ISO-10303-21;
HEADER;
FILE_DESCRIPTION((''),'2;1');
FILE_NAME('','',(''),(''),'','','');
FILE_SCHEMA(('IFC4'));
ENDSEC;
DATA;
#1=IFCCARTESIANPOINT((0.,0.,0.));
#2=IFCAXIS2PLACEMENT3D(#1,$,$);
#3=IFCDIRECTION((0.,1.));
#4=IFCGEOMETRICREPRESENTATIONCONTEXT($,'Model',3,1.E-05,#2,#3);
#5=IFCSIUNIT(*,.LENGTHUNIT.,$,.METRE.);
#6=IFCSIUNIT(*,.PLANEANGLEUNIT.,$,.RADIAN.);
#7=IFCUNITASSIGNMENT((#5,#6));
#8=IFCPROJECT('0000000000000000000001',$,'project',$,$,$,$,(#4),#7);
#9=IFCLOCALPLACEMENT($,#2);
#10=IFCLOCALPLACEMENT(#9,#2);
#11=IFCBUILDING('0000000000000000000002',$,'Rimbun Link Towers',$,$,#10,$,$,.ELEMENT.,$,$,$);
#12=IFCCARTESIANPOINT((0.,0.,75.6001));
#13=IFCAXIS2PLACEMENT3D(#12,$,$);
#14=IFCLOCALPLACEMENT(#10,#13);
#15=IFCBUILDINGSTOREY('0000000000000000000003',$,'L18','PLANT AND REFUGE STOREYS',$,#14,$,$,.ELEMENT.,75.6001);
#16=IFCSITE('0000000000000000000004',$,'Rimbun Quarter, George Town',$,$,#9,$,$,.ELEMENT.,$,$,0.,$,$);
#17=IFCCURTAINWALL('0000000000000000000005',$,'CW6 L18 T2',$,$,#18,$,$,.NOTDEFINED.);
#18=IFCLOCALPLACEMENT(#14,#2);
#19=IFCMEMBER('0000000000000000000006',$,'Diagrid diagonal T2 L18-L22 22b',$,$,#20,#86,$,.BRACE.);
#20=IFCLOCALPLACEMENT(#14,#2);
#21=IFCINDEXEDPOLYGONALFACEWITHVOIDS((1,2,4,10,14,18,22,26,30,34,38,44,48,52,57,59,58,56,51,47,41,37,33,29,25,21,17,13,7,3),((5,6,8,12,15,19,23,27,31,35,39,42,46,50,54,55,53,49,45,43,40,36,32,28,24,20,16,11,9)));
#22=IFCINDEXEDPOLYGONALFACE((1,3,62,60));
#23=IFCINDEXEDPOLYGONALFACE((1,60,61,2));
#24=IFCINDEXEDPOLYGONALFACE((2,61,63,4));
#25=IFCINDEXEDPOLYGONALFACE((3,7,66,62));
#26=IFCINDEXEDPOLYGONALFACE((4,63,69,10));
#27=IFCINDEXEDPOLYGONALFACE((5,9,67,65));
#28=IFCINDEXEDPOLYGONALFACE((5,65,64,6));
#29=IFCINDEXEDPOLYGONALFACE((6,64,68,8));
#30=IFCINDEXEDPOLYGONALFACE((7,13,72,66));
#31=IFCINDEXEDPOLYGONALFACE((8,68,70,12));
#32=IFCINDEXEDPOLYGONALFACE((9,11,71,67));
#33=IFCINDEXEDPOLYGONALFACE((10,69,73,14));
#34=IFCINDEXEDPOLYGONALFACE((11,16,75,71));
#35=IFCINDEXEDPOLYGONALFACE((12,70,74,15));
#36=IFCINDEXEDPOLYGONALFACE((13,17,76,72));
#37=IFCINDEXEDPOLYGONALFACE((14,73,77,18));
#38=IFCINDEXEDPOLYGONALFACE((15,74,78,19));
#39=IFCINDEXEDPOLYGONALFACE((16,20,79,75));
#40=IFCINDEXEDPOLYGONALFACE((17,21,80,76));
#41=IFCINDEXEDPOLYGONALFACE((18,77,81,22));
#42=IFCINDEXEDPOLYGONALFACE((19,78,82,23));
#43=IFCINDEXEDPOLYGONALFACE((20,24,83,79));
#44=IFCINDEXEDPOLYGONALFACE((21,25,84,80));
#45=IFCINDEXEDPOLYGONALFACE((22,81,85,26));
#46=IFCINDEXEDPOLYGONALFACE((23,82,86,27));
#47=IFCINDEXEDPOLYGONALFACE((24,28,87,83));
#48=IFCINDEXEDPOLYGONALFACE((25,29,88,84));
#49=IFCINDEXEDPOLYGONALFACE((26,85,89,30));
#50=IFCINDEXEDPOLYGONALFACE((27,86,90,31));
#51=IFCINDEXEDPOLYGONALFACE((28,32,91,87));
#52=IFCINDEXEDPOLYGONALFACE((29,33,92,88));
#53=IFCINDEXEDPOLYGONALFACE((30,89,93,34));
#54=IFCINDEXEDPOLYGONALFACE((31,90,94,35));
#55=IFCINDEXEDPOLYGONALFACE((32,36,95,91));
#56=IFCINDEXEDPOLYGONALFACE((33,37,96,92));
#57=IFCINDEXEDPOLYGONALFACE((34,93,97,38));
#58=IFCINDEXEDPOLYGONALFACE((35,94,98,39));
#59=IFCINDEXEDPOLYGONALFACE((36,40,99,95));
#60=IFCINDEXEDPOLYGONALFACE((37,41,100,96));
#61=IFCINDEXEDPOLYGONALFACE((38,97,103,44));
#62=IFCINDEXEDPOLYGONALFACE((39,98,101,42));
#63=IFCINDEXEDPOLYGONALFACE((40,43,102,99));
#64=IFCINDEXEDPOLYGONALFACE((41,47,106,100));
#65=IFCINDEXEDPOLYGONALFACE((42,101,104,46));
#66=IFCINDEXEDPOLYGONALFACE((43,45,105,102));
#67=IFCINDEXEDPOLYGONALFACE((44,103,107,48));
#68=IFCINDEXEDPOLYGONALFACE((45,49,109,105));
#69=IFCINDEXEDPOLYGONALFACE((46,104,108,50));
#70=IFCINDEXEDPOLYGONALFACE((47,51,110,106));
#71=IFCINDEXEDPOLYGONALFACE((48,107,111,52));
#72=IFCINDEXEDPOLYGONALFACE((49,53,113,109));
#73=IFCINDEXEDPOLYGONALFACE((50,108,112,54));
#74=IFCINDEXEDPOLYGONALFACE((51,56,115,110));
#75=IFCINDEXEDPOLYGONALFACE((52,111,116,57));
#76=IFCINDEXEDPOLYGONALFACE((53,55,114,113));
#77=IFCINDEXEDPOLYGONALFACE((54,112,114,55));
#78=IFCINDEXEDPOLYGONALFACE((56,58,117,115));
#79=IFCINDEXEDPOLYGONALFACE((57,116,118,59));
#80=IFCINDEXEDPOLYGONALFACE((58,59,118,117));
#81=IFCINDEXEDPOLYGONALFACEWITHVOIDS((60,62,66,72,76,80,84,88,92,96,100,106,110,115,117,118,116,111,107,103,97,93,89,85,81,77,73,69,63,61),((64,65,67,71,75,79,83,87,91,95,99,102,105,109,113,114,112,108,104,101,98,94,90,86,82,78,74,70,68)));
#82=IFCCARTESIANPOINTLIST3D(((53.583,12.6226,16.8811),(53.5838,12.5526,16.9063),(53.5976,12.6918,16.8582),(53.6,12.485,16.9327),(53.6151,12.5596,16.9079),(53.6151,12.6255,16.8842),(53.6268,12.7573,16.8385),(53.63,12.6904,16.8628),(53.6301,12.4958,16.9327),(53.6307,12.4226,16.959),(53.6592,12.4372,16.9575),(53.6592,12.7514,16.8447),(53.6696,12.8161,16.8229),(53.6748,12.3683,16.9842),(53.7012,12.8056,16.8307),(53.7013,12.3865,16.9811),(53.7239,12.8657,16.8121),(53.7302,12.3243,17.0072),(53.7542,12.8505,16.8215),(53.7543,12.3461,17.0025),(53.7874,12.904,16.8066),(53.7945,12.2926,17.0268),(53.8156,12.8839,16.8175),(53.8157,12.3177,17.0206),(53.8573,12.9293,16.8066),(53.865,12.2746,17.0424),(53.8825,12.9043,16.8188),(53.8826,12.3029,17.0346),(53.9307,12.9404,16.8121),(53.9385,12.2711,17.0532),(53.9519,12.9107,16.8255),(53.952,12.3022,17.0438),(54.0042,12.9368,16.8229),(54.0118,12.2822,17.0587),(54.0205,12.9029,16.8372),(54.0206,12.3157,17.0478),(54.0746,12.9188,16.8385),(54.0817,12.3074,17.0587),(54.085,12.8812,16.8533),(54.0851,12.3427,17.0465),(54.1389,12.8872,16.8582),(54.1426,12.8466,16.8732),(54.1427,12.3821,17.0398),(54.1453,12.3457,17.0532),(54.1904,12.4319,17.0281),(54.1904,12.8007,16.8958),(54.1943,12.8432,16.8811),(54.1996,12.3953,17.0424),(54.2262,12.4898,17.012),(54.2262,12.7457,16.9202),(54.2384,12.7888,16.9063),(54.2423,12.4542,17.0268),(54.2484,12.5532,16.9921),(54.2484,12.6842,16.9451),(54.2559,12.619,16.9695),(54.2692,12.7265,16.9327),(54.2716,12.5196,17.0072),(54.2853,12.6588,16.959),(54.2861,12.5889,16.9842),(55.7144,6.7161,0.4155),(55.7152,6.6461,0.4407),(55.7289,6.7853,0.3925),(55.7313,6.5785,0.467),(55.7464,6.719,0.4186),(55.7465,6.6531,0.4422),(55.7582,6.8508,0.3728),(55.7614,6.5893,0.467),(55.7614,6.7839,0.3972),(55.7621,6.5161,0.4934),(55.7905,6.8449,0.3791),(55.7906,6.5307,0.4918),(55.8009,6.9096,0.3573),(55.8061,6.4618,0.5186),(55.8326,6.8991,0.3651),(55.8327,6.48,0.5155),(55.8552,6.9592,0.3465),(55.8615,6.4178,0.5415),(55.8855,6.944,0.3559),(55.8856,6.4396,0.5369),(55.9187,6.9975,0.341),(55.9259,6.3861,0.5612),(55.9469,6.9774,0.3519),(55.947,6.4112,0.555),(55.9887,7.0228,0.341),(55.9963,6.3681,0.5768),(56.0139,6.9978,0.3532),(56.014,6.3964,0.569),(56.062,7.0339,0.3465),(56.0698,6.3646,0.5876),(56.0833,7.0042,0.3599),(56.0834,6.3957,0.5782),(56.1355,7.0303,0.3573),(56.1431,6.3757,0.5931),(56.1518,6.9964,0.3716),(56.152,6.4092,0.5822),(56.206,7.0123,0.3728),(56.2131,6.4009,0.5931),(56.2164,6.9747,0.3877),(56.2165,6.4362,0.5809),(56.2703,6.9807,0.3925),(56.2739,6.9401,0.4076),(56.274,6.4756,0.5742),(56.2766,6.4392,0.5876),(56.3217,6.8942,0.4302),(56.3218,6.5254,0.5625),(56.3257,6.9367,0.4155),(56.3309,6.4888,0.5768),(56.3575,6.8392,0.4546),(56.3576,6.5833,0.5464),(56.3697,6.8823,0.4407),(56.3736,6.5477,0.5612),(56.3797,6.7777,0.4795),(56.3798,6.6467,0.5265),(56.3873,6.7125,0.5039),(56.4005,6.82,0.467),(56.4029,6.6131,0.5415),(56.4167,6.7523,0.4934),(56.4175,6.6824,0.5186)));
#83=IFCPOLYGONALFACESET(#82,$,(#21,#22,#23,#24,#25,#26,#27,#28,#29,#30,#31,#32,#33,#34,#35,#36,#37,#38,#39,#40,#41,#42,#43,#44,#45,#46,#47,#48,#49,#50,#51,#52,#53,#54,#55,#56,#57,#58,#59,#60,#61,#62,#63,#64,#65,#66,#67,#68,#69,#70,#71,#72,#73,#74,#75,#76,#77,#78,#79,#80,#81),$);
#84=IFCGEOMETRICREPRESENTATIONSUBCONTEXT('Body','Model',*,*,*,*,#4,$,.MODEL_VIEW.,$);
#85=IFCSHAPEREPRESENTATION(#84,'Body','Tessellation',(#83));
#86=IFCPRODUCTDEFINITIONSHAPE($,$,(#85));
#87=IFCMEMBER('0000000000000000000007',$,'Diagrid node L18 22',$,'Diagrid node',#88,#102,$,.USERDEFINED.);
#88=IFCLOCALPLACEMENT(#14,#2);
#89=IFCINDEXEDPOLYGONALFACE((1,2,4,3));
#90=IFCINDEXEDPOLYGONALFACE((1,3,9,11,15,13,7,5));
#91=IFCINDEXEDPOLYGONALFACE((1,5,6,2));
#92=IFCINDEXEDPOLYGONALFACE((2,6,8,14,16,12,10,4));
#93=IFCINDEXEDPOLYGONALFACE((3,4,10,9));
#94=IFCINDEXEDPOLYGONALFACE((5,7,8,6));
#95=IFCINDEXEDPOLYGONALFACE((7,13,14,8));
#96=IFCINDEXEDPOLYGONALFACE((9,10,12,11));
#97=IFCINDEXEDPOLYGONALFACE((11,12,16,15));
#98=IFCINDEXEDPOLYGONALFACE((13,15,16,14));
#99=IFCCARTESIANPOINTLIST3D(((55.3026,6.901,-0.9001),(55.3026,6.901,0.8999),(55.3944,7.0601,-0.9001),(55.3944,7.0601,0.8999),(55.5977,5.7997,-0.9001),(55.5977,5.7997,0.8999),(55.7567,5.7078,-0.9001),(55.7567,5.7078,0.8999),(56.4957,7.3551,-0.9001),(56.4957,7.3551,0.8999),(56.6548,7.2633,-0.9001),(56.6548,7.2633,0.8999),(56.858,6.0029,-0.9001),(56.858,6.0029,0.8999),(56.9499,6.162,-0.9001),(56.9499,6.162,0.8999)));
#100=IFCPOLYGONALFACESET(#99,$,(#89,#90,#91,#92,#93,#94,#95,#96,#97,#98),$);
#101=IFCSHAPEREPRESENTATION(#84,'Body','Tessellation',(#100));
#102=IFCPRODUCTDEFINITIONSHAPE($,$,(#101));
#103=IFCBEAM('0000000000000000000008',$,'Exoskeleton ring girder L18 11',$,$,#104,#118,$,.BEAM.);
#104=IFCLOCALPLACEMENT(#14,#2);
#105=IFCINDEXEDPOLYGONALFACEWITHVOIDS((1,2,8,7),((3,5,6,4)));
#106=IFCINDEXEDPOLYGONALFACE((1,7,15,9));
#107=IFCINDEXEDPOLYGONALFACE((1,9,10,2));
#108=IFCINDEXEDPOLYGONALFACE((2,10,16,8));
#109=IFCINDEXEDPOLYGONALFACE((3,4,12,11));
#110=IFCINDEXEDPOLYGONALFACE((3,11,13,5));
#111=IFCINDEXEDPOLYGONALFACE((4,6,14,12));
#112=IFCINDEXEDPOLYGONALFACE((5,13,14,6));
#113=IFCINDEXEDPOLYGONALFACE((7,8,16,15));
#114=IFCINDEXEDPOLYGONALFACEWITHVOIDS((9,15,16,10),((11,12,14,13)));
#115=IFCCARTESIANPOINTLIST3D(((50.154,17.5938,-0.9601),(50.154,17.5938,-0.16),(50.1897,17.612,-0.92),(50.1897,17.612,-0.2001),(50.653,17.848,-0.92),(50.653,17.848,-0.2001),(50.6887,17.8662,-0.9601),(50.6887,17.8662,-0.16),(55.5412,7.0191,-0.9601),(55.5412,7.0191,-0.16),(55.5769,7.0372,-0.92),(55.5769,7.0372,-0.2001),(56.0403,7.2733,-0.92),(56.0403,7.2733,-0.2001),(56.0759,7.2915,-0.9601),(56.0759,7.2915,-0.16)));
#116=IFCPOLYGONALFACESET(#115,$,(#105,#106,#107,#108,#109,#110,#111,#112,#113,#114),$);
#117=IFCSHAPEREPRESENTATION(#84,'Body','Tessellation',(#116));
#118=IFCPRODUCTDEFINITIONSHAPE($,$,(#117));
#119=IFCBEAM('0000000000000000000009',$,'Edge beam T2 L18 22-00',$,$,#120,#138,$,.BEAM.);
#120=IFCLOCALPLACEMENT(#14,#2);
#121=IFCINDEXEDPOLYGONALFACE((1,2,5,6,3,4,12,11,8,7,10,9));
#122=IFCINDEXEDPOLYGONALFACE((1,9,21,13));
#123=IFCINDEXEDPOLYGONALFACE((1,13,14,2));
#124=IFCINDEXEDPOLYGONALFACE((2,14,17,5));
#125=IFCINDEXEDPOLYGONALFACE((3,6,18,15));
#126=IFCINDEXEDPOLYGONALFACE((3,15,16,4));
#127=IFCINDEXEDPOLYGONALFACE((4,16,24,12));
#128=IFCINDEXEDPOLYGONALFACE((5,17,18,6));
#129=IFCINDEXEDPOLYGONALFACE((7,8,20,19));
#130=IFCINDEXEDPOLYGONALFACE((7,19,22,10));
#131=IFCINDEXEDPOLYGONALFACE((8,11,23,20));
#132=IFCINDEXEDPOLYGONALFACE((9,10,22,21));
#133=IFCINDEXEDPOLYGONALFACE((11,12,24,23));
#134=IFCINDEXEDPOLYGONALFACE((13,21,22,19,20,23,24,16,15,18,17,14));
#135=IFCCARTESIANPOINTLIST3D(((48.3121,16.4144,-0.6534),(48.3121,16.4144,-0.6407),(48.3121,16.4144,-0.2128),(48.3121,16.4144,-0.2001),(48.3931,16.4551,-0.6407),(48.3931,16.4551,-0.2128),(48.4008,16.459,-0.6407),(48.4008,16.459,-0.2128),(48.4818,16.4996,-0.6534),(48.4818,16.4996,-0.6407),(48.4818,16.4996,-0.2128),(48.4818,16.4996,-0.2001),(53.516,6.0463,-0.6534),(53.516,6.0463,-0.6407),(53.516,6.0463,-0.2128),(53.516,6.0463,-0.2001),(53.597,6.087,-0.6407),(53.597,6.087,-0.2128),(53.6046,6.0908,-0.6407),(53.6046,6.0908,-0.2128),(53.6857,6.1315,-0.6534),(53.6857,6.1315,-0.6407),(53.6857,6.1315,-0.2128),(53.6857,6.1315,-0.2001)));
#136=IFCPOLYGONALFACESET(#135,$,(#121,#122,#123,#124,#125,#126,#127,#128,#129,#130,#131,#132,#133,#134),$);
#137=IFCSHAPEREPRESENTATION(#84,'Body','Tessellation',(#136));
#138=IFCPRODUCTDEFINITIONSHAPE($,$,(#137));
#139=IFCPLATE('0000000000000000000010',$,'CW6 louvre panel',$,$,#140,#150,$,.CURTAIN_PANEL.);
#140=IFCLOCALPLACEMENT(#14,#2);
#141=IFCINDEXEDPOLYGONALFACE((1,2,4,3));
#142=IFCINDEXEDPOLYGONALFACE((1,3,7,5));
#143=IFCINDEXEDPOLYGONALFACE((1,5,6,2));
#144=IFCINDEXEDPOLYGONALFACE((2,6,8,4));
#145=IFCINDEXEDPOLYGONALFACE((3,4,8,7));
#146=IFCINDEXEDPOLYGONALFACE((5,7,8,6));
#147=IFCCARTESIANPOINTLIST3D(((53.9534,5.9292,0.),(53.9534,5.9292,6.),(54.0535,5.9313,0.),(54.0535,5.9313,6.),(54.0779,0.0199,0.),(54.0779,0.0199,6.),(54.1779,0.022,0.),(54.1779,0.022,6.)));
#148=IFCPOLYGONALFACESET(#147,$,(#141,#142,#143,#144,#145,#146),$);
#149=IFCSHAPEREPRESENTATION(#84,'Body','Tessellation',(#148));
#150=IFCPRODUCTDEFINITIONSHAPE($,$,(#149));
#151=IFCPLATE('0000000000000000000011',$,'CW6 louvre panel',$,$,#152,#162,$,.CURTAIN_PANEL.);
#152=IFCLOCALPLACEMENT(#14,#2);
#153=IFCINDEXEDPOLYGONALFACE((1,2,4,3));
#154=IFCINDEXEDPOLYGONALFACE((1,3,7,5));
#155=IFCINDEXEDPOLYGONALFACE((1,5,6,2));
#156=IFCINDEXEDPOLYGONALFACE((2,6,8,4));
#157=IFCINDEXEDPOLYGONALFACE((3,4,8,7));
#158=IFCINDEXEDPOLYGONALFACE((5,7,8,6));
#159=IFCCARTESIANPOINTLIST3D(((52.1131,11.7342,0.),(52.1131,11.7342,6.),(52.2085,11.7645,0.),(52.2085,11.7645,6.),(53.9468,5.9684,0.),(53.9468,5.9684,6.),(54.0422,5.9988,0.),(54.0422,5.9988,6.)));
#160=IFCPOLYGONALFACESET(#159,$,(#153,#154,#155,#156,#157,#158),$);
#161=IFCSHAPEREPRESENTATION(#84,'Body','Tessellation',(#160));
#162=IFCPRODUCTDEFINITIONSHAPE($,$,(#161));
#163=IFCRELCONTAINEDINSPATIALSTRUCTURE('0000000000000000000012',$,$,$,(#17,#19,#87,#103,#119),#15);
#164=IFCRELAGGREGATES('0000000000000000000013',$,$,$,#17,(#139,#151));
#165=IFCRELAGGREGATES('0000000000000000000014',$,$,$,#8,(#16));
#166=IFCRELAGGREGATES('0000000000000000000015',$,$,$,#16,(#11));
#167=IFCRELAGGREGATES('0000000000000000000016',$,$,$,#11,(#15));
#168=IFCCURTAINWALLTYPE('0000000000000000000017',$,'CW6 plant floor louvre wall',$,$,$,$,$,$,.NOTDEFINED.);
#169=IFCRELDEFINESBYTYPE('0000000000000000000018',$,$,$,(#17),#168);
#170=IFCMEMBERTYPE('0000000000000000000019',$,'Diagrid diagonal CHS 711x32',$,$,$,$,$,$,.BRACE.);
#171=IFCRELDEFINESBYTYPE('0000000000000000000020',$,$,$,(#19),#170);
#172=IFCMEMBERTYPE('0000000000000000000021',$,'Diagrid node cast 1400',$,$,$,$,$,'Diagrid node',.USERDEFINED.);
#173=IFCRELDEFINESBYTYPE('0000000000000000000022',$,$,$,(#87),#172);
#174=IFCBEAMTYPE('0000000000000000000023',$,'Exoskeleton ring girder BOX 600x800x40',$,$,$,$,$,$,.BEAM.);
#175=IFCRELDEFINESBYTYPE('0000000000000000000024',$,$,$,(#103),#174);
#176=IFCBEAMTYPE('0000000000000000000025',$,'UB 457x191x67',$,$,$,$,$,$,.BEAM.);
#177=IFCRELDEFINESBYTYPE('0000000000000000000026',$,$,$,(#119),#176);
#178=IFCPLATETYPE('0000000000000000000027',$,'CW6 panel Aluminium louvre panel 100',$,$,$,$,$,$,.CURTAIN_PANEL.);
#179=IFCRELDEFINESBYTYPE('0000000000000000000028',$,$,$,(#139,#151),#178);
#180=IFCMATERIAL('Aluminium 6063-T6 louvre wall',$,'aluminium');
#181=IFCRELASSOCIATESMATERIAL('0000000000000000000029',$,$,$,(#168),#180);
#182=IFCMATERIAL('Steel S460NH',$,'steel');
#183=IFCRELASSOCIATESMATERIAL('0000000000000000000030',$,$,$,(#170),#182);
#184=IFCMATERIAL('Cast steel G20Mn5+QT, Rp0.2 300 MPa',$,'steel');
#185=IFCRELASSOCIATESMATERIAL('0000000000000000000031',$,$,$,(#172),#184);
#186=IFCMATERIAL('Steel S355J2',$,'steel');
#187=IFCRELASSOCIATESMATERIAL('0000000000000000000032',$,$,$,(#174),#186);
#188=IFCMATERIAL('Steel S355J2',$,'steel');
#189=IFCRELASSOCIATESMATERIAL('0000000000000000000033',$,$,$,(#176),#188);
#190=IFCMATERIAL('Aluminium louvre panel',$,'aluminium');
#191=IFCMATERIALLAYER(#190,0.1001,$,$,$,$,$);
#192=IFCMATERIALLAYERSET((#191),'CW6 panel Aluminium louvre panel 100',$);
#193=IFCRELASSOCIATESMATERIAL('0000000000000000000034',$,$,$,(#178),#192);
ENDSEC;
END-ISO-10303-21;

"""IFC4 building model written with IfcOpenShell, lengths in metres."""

from ifc_helpers import new_model, si_unit, direction, frame, origin, origin_2d, place, context, subcontext, project, spatial, polyline, rectangle, hollow_rectangle, hollow_circle, i_section, outline, extrude, material, layer, layer_set, material_profile, profile_set, type_object, element, aggregate, save


model = new_model("IFC4")

# Units and contexts
model_context = context("Model", 3, precision=1e-05, world=origin(), true_north=direction((0.0, 1.0)))
body_context = subcontext(model_context, "Body", "Model", "MODEL_VIEW")
ifc_project = project(units=[si_unit("LENGTHUNIT", "METRE"), si_unit("PLANEANGLEUNIT", "RADIAN")], contexts=[model_context])

# Site, building, storey
site_placement = place(None, origin())
site = spatial("IfcSite", under=ifc_project, at=site_placement, Name="Rimbun Quarter, George Town", CompositionType="ELEMENT", RefElevation=0.0)
building_placement = place(site_placement, origin())
building = spatial("IfcBuilding", under=site, at=building_placement, Name="Rimbun Link Towers", CompositionType="ELEMENT")
storey_placement = place(building_placement, frame((0.0, 0.0, 75.6001)))
storey = spatial("IfcBuildingStorey", under=building, at=storey_placement, Name="L18", Description="PLANT AND REFUGE STOREYS", CompositionType="ELEMENT", Elevation=75.6001)

# Curtain wall
ifc_material_1 = material(Name="Aluminium 6063-T6 louvre wall", Category="aluminium")
curtain_wall_type = type_object("IfcCurtainWallType", Name="CW6 plant floor louvre wall", PredefinedType="NOTDEFINED", material=ifc_material_1)
curtain_wall_placement = place(storey_placement, origin())
curtain_wall = element("IfcCurtainWall", 1, at=curtain_wall_placement, inside=storey, type_object=curtain_wall_type, Name="CW6 L18 T2", PredefinedType="NOTDEFINED")

# Members
ifc_material_2 = material(Name="Steel S460NH", Category="steel")
ifc_material_profile_1 = material_profile(ifc_material_2, hollow_circle(Radius=0.3557, WallThickness=0.032, at=origin_2d()), Name="Diagrid diagonal CHS 711x32")
ifc_profile_set_1 = profile_set([ifc_material_profile_1], Name="Steel S460NH")
member_type_1 = type_object("IfcMemberType", Name="Diagrid diagonal CHS 711x32", PredefinedType="BRACE", material=ifc_profile_set_1)
member_1_placement = place(storey_placement, frame((56.0659, 6.6992, 0.467), z_axis=(-0.120946, 0.335172, 0.934362), x_axis=(-0.940633, -0.339426, 0.0)))
element("IfcMember", 2, at=member_1_placement, inside=storey, type_object=member_type_1, Name="Diagrid diagonal T2 L18-L22 22b", PredefinedType="BRACE", context=body_context, shape_type="SweptSolid", body=[
    extrude(hollow_circle(Radius=0.3557, WallThickness=0.032, at=origin_2d()), origin(), (0.0, 0.0, 1.0), 17.6223),
])
ifc_material_3 = material(Name="Cast steel G20Mn5+QT, Rp0.2 300 MPa", Category="steel")
ifc_material_profile_2 = material_profile(ifc_material_3, outline(polyline([(0.7, -0.5701), (0.7, 0.5701), (0.5701, 0.7), (-0.5701, 0.7), (-0.7, 0.5701), (-0.7, -0.5701), (-0.5701, -0.7), (0.5701, -0.7), (0.7, -0.5701)])), Name="NODE 1400x1400")
ifc_profile_set_2 = profile_set([ifc_material_profile_2], Name="Cast steel G20Mn5+QT, Rp0.2 300 MPa")
member_type_2 = type_object("IfcMemberType", Name="Diagrid node cast 1400", ElementType="Diagrid node", PredefinedType="USERDEFINED", material=ifc_profile_set_2)
member_2_placement = place(storey_placement, frame((56.1262, 6.5315, -0.9001), z_axis=(0.0, 0.0, 1.0), x_axis=(0.965926, 0.258819, 0.0)))
element("IfcMember", 3, at=member_2_placement, inside=storey, type_object=member_type_2, Name="Diagrid node L18 22", ObjectType="Diagrid node", PredefinedType="USERDEFINED", context=body_context, shape_type="SweptSolid", body=[
    extrude(outline(polyline([(0.7, -0.5701), (0.7, 0.5701), (0.5701, 0.7), (-0.5701, 0.7), (-0.7, 0.5701), (-0.7, -0.5701), (-0.5701, -0.7), (0.5701, -0.7), (0.7, -0.5701)])), origin(), (0.0, 0.0, 1.0), 1.8),
])

# Beams
ifc_material_4 = material(Name="Steel S355J2", Category="steel")
ifc_material_profile_3 = material_profile(ifc_material_4, hollow_rectangle(XDim=0.6001, YDim=0.8, WallThickness=0.04, at=origin_2d()), Name="Exoskeleton ring girder BOX 600x800x40")
ifc_profile_set_3 = profile_set([ifc_material_profile_3], Name="Steel S355J2")
beam_type_1 = type_object("IfcBeamType", Name="Exoskeleton ring girder BOX 600x800x40", PredefinedType="BEAM", material=ifc_profile_set_3)
beam_1_placement = place(storey_placement, frame((55.8086, 7.1553, -0.5601), z_axis=(-0.453932, 0.891036, 0.0), x_axis=(-0.891036, -0.453932, 0.0)))
element("IfcBeam", 4, at=beam_1_placement, inside=storey, type_object=beam_type_1, Name="Exoskeleton ring girder L18 11", PredefinedType="BEAM", context=body_context, shape_type="SweptSolid", body=[
    extrude(hollow_rectangle(XDim=0.6001, YDim=0.8, WallThickness=0.04, at=origin_2d()), origin(), (0.0, 0.0, 1.0), 11.8679),
])
ifc_material_5 = material(Name="Steel S355J2", Category="steel")
ifc_material_profile_4 = material_profile(ifc_material_5, i_section(OverallWidth=0.1899, OverallDepth=0.4534, WebThickness=0.0085, FlangeThickness=0.0127, at=origin_2d()), Name="UB 457x191x67")
ifc_profile_set_4 = profile_set([ifc_material_profile_4], Name="Steel S355J2")
beam_type_2 = type_object("IfcBeamType", Name="UB 457x191x67", PredefinedType="BEAM", material=ifc_profile_set_4)
beam_2_placement = place(storey_placement, frame((53.6008, 6.0889, -0.4268), z_axis=(-0.448577, 0.893744, 0.0), x_axis=(-0.893744, -0.448577, 0.0)))
element("IfcBeam", 5, at=beam_2_placement, inside=storey, type_object=beam_type_2, Name="Edge beam T2 L18 22-00", PredefinedType="BEAM", context=body_context, shape_type="SweptSolid", body=[
    extrude(i_section(OverallWidth=0.1899, OverallDepth=0.4534, WebThickness=0.0085, FlangeThickness=0.0127, at=origin_2d()), origin(), (0.0, 0.0, 1.0), 11.6008),
])

# Plates
ifc_material_6 = material(Name="Aluminium louvre panel", Category="aluminium")
ifc_layer_1 = layer(ifc_material_6, 0.1001)
ifc_layer_set_1 = layer_set([ifc_layer_1], Name="CW6 panel Aluminium louvre panel 100")
plate_type = type_object("IfcPlateType", Name="CW6 panel Aluminium louvre panel 100", PredefinedType="CURTAIN_PANEL", material=ifc_layer_set_1)
plate_1_placement = place(storey_placement, frame((54.0657, 2.9756, 0.0), z_axis=(0.0, 0.0, 1.0), x_axis=(0.021057, -0.999778, 0.0)))
plate_1 = element("IfcPlate", 6, at=plate_1_placement, type_object=plate_type, Name="CW6 louvre panel", PredefinedType="CURTAIN_PANEL", context=body_context, shape_type="SweptSolid", body=[
    extrude(rectangle(XDim=5.9106, YDim=0.1001, at=origin_2d()), origin(), (0.0, 0.0, 1.0), 6.0),
])
plate_2_placement = place(storey_placement, frame((53.0776, 8.8665, 0.0), z_axis=(0.0, 0.0, 1.0), x_axis=(0.30307, -0.952968, 0.0)))
plate_2 = element("IfcPlate", 7, at=plate_2_placement, type_object=plate_type, Name="CW6 louvre panel", PredefinedType="CURTAIN_PANEL", context=body_context, shape_type="SweptSolid", body=[
    extrude(rectangle(XDim=6.0503, YDim=0.1001, at=origin_2d()), origin(), (0.0, 0.0, 1.0), 6.0),
])
aggregate(curtain_wall, [plate_1, plate_2])

save(model, "model.ifc")
